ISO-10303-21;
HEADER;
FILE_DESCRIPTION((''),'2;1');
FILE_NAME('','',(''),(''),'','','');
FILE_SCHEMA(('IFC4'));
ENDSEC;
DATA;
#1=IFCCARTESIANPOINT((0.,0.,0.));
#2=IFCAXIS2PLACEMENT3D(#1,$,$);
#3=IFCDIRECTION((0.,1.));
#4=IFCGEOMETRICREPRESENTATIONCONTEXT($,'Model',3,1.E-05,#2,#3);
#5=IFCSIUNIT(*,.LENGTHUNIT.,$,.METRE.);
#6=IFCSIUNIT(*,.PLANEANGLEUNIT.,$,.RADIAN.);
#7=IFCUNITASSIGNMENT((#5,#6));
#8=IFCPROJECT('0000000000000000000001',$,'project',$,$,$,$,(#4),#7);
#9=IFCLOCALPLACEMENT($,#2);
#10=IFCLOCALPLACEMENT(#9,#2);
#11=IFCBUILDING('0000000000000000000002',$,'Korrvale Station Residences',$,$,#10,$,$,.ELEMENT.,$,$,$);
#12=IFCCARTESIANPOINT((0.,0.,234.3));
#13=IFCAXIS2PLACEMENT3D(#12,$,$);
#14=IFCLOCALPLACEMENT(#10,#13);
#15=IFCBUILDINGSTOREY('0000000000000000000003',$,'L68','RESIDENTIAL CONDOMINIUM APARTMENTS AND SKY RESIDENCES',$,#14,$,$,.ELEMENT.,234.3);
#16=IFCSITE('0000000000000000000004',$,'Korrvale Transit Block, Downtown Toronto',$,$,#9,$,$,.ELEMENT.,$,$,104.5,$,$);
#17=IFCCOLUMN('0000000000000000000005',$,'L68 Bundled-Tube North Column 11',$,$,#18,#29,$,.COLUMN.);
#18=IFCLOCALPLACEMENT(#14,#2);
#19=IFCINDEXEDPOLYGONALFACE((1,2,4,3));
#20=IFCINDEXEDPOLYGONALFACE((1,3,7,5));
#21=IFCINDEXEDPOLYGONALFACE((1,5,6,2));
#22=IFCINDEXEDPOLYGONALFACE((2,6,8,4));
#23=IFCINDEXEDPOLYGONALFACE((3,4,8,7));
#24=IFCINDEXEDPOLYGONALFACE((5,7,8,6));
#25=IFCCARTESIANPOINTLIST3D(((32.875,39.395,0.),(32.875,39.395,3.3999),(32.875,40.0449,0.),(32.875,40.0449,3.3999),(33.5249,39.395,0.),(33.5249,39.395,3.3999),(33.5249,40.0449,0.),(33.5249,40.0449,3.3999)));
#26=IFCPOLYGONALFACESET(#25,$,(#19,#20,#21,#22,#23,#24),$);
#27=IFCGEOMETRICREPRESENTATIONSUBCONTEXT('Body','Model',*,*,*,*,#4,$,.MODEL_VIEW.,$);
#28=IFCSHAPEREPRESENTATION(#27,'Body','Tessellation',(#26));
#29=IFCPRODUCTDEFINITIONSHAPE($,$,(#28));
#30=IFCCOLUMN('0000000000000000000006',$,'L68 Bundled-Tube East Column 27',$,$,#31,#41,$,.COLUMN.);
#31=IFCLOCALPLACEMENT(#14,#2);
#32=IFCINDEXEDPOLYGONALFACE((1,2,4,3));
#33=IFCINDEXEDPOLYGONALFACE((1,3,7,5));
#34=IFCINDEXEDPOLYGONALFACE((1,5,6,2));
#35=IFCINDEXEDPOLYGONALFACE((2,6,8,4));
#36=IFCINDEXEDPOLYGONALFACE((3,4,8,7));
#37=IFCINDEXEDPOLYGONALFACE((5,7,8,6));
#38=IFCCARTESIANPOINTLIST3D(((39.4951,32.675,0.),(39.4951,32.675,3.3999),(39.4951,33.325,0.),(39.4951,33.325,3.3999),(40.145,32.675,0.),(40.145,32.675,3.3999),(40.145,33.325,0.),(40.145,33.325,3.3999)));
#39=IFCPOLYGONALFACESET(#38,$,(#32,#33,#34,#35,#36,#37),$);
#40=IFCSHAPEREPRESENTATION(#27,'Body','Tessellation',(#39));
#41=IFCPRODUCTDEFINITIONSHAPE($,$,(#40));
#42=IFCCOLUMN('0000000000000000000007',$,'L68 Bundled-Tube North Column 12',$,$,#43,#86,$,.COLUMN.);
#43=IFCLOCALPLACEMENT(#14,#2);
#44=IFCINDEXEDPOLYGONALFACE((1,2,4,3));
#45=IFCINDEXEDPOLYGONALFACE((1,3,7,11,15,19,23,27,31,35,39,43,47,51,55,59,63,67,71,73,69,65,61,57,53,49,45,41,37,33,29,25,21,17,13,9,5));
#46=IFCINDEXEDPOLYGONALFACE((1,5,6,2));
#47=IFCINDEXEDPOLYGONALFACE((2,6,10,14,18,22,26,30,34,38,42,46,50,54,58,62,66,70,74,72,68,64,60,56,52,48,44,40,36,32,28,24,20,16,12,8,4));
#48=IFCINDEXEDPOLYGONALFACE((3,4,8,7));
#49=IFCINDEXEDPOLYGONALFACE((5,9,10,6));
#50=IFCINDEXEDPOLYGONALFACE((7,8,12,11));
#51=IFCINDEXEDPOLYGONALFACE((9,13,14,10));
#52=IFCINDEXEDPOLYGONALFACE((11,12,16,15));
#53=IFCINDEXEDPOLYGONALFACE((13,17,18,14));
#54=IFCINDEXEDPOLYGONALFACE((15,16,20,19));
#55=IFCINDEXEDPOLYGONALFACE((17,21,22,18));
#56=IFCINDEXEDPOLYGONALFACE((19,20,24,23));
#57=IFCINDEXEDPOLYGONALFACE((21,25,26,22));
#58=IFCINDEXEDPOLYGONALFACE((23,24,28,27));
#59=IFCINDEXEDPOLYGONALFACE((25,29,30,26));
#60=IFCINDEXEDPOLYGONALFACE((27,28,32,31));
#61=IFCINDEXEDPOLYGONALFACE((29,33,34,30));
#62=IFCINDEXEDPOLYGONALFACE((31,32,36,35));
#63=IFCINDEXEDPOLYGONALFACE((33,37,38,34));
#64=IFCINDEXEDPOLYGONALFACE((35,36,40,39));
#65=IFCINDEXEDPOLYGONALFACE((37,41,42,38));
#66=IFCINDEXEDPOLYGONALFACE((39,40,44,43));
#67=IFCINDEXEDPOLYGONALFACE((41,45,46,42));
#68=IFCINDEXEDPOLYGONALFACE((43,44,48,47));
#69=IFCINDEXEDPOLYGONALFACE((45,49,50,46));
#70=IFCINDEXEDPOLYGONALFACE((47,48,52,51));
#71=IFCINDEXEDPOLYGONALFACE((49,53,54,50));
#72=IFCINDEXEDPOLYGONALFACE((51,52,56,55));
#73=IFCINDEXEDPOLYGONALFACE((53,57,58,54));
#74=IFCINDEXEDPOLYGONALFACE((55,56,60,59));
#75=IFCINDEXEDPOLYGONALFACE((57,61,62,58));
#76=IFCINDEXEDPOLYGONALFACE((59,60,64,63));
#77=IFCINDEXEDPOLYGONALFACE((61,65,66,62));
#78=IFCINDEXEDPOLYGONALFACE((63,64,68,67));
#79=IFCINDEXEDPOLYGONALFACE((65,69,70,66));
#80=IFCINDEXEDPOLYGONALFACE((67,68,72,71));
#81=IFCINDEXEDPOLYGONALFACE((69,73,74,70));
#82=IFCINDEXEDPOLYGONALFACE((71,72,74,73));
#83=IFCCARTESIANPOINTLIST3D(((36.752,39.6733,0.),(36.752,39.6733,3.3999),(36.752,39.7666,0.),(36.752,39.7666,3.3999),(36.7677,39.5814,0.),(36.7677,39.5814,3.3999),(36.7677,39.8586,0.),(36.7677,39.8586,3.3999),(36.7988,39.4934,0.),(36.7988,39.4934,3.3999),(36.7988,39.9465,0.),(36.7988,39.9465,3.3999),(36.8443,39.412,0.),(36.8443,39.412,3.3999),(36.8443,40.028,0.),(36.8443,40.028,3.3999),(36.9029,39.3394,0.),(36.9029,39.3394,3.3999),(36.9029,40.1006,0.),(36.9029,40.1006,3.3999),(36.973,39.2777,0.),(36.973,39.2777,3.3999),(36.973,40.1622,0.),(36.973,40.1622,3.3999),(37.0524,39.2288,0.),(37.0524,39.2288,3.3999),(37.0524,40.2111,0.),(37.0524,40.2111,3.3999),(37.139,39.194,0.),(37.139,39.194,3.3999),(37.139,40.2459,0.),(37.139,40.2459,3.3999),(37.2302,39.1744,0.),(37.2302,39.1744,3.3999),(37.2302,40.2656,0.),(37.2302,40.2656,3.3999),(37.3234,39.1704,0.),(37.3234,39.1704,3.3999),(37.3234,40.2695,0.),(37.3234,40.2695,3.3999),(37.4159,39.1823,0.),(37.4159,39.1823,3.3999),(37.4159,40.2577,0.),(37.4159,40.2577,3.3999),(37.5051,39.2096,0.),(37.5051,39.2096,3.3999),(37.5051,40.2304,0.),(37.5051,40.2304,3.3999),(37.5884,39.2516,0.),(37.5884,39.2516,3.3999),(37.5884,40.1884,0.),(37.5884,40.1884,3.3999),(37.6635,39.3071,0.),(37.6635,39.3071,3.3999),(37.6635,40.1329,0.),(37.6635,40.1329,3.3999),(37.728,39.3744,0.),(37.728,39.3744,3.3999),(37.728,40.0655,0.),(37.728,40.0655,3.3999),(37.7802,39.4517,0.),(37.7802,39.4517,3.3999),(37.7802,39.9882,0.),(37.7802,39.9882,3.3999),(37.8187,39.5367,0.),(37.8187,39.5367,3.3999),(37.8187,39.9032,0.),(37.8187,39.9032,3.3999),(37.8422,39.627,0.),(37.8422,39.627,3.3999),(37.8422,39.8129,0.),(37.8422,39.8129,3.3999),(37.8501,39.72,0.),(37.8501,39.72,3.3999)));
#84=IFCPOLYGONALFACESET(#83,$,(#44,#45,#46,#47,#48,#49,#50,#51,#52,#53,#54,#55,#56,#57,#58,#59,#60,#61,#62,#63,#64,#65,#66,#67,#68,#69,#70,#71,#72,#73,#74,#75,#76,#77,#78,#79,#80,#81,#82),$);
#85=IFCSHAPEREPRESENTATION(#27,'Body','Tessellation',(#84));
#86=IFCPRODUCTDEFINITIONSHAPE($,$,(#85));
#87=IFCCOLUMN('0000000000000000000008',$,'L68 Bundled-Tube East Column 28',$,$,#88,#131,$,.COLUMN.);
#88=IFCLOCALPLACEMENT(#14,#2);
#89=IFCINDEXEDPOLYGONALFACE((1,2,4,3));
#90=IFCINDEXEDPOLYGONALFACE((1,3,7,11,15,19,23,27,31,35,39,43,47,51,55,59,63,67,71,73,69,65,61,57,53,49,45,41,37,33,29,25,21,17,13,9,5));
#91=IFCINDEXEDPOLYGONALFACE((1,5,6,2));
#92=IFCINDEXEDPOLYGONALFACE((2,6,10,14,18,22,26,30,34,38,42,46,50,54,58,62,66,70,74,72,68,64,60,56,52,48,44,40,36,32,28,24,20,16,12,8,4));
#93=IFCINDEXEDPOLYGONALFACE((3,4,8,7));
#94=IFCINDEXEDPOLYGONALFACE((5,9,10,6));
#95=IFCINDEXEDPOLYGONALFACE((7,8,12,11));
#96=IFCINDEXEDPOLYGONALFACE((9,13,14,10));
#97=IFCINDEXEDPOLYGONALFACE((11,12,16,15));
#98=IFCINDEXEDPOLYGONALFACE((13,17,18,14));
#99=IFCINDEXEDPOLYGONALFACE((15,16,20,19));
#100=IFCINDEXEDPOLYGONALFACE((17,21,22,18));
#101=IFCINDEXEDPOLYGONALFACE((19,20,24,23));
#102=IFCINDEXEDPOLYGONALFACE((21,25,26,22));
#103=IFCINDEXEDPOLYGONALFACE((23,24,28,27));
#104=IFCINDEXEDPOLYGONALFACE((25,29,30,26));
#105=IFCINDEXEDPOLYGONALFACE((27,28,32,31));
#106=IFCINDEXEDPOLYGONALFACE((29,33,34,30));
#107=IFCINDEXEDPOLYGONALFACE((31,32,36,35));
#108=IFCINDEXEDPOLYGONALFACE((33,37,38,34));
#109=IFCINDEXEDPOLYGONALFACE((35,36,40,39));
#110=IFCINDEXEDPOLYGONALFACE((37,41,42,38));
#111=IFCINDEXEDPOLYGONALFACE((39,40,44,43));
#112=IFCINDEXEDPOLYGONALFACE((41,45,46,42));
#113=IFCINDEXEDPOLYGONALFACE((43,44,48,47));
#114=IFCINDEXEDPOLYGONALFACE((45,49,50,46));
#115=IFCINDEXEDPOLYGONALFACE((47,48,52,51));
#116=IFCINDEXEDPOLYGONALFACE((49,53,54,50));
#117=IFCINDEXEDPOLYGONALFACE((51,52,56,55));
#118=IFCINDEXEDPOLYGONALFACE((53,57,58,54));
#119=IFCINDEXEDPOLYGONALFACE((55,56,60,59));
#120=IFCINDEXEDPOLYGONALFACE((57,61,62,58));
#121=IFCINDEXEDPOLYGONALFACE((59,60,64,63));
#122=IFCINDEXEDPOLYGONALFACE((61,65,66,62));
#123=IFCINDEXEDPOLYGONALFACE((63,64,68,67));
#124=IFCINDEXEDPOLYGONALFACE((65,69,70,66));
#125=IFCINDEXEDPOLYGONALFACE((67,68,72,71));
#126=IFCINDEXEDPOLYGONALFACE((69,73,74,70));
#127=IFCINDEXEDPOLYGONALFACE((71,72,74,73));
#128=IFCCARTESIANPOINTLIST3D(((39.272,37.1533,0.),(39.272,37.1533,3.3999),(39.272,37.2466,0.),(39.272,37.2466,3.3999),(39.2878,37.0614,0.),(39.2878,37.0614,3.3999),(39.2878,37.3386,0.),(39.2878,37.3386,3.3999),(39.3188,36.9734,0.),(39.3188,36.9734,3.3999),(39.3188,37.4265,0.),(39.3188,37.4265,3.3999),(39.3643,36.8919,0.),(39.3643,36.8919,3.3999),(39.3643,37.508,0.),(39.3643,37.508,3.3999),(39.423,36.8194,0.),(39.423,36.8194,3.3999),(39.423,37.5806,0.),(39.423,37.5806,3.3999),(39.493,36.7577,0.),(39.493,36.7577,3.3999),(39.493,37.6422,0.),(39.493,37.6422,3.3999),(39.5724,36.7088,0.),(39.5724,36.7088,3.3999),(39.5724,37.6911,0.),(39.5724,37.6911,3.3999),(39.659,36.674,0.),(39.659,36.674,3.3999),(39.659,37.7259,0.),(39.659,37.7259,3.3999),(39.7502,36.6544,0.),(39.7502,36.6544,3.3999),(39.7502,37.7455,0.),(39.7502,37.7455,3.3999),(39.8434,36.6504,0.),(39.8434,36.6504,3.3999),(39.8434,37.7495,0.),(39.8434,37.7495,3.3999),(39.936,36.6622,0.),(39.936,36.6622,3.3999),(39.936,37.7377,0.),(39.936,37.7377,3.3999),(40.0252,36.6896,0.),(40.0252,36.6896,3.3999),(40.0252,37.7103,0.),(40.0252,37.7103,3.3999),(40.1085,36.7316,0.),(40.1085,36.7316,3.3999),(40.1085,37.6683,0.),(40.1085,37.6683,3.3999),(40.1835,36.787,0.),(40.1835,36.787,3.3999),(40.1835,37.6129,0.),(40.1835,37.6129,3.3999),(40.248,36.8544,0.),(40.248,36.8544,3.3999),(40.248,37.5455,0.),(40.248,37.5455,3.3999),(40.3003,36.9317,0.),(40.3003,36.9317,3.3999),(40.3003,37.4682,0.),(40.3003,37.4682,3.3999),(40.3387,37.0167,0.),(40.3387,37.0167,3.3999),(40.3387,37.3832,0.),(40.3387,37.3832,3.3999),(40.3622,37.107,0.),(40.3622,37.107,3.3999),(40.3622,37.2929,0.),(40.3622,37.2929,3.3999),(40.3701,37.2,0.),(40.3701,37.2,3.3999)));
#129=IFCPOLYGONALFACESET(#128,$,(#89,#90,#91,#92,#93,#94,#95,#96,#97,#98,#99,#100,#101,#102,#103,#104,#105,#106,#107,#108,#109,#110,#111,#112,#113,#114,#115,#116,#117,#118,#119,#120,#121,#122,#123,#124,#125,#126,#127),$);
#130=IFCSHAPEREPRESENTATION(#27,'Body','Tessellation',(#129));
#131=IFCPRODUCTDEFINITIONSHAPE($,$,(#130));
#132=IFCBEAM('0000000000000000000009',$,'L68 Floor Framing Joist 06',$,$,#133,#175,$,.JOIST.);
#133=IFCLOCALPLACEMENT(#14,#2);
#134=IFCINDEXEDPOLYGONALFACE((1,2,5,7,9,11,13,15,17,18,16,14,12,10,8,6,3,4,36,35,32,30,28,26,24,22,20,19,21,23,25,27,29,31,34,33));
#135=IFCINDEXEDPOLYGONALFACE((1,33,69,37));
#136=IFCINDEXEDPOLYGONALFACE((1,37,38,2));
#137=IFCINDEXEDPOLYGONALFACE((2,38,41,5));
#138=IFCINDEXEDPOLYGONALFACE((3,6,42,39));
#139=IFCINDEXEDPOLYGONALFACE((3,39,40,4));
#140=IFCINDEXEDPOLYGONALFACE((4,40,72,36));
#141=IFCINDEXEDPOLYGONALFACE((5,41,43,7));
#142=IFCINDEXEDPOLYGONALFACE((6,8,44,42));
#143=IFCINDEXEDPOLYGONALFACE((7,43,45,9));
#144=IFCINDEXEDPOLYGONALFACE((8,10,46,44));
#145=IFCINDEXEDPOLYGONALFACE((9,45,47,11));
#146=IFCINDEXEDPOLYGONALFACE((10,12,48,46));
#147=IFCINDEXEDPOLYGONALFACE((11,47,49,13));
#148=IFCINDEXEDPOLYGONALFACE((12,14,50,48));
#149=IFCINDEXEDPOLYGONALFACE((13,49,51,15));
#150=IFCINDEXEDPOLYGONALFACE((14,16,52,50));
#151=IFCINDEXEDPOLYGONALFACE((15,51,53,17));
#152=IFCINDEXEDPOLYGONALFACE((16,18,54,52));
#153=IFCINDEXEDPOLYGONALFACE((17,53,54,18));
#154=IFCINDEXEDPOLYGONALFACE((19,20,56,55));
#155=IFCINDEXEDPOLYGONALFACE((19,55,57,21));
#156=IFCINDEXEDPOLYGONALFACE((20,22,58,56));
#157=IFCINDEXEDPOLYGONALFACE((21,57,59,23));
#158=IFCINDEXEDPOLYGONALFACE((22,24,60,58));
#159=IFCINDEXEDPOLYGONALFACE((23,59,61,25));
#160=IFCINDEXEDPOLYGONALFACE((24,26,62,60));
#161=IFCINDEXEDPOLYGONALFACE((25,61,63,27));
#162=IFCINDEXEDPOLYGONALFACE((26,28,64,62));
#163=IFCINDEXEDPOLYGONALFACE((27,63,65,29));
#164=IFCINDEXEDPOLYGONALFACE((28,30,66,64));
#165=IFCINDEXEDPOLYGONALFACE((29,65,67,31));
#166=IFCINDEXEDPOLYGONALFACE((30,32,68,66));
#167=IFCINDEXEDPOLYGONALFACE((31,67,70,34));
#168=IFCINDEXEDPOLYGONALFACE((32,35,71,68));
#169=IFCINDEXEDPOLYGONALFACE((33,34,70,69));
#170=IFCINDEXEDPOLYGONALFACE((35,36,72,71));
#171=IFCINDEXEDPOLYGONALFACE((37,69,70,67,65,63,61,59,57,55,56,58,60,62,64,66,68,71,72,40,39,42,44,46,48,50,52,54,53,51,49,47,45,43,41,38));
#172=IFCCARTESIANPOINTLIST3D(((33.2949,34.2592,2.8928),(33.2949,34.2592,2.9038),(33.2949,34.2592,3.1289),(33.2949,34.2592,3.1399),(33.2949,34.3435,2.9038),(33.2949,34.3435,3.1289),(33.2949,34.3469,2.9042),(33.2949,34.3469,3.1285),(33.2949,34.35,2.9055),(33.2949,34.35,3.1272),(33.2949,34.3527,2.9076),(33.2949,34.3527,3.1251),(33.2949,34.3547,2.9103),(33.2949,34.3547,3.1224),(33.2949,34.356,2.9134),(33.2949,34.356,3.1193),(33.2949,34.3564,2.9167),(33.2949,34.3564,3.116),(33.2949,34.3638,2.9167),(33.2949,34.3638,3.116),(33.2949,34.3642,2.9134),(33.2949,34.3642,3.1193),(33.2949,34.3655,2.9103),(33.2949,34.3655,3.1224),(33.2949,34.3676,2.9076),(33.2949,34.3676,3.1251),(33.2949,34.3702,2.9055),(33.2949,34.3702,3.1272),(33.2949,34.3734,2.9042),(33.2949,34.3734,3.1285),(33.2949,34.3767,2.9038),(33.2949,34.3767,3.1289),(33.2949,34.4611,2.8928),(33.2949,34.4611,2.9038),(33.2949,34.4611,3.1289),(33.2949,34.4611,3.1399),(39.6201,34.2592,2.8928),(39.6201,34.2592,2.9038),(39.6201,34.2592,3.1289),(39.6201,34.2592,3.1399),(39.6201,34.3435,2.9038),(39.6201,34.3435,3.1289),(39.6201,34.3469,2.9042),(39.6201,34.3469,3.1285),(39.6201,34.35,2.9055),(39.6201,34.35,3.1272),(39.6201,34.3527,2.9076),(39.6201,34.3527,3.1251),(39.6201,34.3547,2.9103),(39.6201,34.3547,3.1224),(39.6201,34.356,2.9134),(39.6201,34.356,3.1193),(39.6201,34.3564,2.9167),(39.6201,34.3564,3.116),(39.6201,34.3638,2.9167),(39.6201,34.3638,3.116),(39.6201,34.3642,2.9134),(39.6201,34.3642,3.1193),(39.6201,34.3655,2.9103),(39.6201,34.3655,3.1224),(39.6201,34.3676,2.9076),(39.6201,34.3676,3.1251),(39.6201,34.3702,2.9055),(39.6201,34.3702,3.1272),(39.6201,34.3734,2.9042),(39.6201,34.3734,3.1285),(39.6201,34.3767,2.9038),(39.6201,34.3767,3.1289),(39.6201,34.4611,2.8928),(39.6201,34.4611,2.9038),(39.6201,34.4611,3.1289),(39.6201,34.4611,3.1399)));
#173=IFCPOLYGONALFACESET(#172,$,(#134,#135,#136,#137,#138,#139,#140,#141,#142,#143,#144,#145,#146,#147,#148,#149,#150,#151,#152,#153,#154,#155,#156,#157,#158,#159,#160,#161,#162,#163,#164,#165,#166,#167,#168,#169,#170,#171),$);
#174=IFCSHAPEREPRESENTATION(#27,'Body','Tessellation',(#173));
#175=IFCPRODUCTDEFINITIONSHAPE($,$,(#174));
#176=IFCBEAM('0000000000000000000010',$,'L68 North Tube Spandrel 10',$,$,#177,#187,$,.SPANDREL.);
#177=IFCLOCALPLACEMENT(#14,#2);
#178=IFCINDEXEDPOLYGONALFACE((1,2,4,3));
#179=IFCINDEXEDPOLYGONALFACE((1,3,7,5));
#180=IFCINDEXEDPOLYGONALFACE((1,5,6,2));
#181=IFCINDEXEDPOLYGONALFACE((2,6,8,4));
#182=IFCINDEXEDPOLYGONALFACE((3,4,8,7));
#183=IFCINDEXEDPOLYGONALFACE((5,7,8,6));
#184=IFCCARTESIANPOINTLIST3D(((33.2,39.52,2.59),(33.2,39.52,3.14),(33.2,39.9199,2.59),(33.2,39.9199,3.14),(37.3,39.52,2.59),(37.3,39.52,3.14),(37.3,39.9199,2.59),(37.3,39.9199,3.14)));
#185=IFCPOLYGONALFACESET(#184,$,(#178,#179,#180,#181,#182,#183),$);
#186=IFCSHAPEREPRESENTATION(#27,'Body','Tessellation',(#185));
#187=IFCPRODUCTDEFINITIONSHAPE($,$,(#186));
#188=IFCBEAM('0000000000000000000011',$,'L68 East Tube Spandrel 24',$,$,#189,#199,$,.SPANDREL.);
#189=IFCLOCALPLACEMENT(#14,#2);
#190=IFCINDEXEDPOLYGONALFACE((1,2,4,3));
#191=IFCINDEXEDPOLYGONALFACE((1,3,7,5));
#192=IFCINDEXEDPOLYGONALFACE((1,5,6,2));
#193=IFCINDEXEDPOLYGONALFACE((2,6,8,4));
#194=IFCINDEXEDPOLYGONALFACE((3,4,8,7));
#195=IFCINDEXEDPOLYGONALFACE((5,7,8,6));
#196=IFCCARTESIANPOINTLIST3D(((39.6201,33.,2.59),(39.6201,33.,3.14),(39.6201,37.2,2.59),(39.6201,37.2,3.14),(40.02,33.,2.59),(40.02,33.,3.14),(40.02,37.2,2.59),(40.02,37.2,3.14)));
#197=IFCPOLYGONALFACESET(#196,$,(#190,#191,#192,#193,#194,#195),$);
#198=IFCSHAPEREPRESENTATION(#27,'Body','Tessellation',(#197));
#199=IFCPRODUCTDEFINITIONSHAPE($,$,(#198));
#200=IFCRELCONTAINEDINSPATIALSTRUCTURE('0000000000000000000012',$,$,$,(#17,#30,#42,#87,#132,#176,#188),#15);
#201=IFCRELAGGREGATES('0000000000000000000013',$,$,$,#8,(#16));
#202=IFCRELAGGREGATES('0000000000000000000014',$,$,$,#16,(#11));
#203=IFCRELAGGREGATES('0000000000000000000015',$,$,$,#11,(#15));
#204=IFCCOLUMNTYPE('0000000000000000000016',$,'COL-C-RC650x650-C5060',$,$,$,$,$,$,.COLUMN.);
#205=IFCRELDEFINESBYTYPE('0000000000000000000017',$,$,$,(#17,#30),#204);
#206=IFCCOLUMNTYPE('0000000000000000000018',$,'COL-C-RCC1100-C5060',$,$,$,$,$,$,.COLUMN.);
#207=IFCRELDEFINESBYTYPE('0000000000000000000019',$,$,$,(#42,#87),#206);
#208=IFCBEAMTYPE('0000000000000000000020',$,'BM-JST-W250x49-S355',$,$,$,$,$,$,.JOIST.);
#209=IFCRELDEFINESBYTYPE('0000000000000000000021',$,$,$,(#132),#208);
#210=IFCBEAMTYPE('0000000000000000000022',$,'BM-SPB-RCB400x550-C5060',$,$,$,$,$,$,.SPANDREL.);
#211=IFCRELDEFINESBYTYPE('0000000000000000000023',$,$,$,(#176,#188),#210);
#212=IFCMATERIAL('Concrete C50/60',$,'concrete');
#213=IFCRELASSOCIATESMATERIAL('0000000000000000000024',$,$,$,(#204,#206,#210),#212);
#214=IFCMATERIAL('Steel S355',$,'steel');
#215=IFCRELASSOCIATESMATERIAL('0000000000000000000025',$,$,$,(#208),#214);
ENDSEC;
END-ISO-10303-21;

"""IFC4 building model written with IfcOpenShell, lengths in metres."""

from ifc_helpers import new_model, si_unit, direction, frame, origin, origin_2d, place, context, subcontext, project, spatial, rectangle, circle, i_section, extrude, material, material_profile, profile_set, type_object, element, save


model = new_model("IFC4")

# Units and contexts
model_context = context("Model", 3, precision=1e-05, world=origin(), true_north=direction((0.0, 1.0)))
body_context = subcontext(model_context, "Body", "Model", "MODEL_VIEW")
ifc_project = project(units=[si_unit("LENGTHUNIT", "METRE"), si_unit("PLANEANGLEUNIT", "RADIAN")], contexts=[model_context])

# Site, building, storey
site_placement = place(None, origin())
site = spatial("IfcSite", under=ifc_project, at=site_placement, Name="Korrvale Transit Block, Downtown Toronto", CompositionType="ELEMENT", RefElevation=104.5)
building_placement = place(site_placement, origin())
building = spatial("IfcBuilding", under=site, at=building_placement, Name="Korrvale Station Residences", CompositionType="ELEMENT")
storey_placement = place(building_placement, frame((0.0, 0.0, 234.3)))
storey = spatial("IfcBuildingStorey", under=building, at=storey_placement, Name="L68", Description="RESIDENTIAL CONDOMINIUM APARTMENTS AND SKY RESIDENCES", CompositionType="ELEMENT", Elevation=234.3)

# Columns
ifc_material_1 = material(Name="Concrete C50/60", Category="concrete")
ifc_material_profile_1 = material_profile(ifc_material_1, rectangle(XDim=0.6499, YDim=0.6499, at=origin_2d()), Name="RC650x650")
ifc_profile_set_1 = profile_set([ifc_material_profile_1], Name="Concrete C50/60")
column_type_1 = type_object("IfcColumnType", Name="COL-C-RC650x650-C5060", PredefinedType="COLUMN", material=ifc_profile_set_1)
for number, where, z_axis, x_axis, name in (
    (1, (33.2, 39.72, 0.0), (0.0, 0.0, 1.0), (1.0, 0.0, 0.0), "L68 Bundled-Tube North Column 11"),
    (2, (39.8201, 33.0, 0.0), (0.0, 0.0, 1.0), (1.0, 0.0, 0.0), "L68 Bundled-Tube East Column 27"),
):
    element("IfcColumn", number, at=place(storey_placement, frame(where, z_axis=z_axis, x_axis=x_axis)), inside=storey, type_object=column_type_1, Name=name, PredefinedType="COLUMN", context=body_context, shape_type="SweptSolid", body=[
        extrude(rectangle(XDim=0.6499, YDim=0.6499, at=origin_2d()), origin(), (0.0, 0.0, 1.0), 3.3999),
    ])
ifc_material_profile_2 = material_profile(ifc_material_1, circle(Radius=0.55, at=origin_2d()), Name="RCC1100")
ifc_profile_set_2 = profile_set([ifc_material_profile_2], Name="Concrete C50/60")
column_type_2 = type_object("IfcColumnType", Name="COL-C-RCC1100-C5060", PredefinedType="COLUMN", material=ifc_profile_set_2)
for number, where, z_axis, x_axis, name in (
    (3, (37.3, 39.72, 0.0), (0.0, 0.0, 1.0), (1.0, 0.0, 0.0), "L68 Bundled-Tube North Column 12"),
    (4, (39.8201, 37.2, 0.0), (0.0, 0.0, 1.0), (1.0, 0.0, 0.0), "L68 Bundled-Tube East Column 28"),
):
    element("IfcColumn", number, at=place(storey_placement, frame(where, z_axis=z_axis, x_axis=x_axis)), inside=storey, type_object=column_type_2, Name=name, PredefinedType="COLUMN", context=body_context, shape_type="SweptSolid", body=[
        extrude(circle(Radius=0.55, at=origin_2d()), origin(), (0.0, 0.0, 1.0), 3.3999),
    ])

# Beams
ifc_material_2 = material(Name="Steel S355", Category="steel")
ifc_material_profile_3 = material_profile(ifc_material_2, i_section(OverallWidth=0.2019, OverallDepth=0.2471, WebThickness=0.0073, FlangeThickness=0.011, FilletRadius=0.0129, at=origin_2d()), Name="W250x49")
ifc_profile_set_3 = profile_set([ifc_material_profile_3], Name="Steel S355")
beam_type_1 = type_object("IfcBeamType", Name="BM-JST-W250x49-S355", PredefinedType="JOIST", material=ifc_profile_set_3)
beam_1_placement = place(storey_placement, frame((33.2949, 34.3601, 3.0164), z_axis=(1.0, 0.0, 0.0), x_axis=(0.0, 1.0, 0.0)))
element("IfcBeam", 5, at=beam_1_placement, inside=storey, type_object=beam_type_1, Name="L68 Floor Framing Joist 06", PredefinedType="JOIST", context=body_context, shape_type="SweptSolid", body=[
    extrude(i_section(OverallWidth=0.2019, OverallDepth=0.2471, WebThickness=0.0073, FlangeThickness=0.011, FilletRadius=0.0129, at=origin_2d()), origin(), (0.0, 0.0, 1.0), 6.3252),
])
ifc_material_profile_4 = material_profile(ifc_material_1, rectangle(XDim=0.3999, YDim=0.55, at=origin_2d()), Name="RCB400x550")
ifc_profile_set_4 = profile_set([ifc_material_profile_4], Name="Concrete C50/60")
beam_type_2 = type_object("IfcBeamType", Name="BM-SPB-RCB400x550-C5060", PredefinedType="SPANDREL", material=ifc_profile_set_4)
beam_2_placement = place(storey_placement, frame((33.2, 39.72, 2.865), z_axis=(1.0, 0.0, 0.0), x_axis=(0.0, 1.0, 0.0)))
element("IfcBeam", 6, at=beam_2_placement, inside=storey, type_object=beam_type_2, Name="L68 North Tube Spandrel 10", PredefinedType="SPANDREL", context=body_context, shape_type="SweptSolid", body=[
    extrude(rectangle(XDim=0.3999, YDim=0.55, at=origin_2d()), origin(), (0.0, 0.0, 1.0), 4.1001),
])
beam_3_placement = place(storey_placement, frame((39.8201, 33.0, 2.865), z_axis=(0.0, 1.0, 0.0), x_axis=(-1.0, 0.0, 0.0)))
element("IfcBeam", 7, at=beam_3_placement, inside=storey, type_object=beam_type_2, Name="L68 East Tube Spandrel 24", PredefinedType="SPANDREL", context=body_context, shape_type="SweptSolid", body=[
    extrude(rectangle(XDim=0.3999, YDim=0.55, at=origin_2d()), origin(), (0.0, 0.0, 1.0), 4.2),
])

save(model, "model.ifc")
